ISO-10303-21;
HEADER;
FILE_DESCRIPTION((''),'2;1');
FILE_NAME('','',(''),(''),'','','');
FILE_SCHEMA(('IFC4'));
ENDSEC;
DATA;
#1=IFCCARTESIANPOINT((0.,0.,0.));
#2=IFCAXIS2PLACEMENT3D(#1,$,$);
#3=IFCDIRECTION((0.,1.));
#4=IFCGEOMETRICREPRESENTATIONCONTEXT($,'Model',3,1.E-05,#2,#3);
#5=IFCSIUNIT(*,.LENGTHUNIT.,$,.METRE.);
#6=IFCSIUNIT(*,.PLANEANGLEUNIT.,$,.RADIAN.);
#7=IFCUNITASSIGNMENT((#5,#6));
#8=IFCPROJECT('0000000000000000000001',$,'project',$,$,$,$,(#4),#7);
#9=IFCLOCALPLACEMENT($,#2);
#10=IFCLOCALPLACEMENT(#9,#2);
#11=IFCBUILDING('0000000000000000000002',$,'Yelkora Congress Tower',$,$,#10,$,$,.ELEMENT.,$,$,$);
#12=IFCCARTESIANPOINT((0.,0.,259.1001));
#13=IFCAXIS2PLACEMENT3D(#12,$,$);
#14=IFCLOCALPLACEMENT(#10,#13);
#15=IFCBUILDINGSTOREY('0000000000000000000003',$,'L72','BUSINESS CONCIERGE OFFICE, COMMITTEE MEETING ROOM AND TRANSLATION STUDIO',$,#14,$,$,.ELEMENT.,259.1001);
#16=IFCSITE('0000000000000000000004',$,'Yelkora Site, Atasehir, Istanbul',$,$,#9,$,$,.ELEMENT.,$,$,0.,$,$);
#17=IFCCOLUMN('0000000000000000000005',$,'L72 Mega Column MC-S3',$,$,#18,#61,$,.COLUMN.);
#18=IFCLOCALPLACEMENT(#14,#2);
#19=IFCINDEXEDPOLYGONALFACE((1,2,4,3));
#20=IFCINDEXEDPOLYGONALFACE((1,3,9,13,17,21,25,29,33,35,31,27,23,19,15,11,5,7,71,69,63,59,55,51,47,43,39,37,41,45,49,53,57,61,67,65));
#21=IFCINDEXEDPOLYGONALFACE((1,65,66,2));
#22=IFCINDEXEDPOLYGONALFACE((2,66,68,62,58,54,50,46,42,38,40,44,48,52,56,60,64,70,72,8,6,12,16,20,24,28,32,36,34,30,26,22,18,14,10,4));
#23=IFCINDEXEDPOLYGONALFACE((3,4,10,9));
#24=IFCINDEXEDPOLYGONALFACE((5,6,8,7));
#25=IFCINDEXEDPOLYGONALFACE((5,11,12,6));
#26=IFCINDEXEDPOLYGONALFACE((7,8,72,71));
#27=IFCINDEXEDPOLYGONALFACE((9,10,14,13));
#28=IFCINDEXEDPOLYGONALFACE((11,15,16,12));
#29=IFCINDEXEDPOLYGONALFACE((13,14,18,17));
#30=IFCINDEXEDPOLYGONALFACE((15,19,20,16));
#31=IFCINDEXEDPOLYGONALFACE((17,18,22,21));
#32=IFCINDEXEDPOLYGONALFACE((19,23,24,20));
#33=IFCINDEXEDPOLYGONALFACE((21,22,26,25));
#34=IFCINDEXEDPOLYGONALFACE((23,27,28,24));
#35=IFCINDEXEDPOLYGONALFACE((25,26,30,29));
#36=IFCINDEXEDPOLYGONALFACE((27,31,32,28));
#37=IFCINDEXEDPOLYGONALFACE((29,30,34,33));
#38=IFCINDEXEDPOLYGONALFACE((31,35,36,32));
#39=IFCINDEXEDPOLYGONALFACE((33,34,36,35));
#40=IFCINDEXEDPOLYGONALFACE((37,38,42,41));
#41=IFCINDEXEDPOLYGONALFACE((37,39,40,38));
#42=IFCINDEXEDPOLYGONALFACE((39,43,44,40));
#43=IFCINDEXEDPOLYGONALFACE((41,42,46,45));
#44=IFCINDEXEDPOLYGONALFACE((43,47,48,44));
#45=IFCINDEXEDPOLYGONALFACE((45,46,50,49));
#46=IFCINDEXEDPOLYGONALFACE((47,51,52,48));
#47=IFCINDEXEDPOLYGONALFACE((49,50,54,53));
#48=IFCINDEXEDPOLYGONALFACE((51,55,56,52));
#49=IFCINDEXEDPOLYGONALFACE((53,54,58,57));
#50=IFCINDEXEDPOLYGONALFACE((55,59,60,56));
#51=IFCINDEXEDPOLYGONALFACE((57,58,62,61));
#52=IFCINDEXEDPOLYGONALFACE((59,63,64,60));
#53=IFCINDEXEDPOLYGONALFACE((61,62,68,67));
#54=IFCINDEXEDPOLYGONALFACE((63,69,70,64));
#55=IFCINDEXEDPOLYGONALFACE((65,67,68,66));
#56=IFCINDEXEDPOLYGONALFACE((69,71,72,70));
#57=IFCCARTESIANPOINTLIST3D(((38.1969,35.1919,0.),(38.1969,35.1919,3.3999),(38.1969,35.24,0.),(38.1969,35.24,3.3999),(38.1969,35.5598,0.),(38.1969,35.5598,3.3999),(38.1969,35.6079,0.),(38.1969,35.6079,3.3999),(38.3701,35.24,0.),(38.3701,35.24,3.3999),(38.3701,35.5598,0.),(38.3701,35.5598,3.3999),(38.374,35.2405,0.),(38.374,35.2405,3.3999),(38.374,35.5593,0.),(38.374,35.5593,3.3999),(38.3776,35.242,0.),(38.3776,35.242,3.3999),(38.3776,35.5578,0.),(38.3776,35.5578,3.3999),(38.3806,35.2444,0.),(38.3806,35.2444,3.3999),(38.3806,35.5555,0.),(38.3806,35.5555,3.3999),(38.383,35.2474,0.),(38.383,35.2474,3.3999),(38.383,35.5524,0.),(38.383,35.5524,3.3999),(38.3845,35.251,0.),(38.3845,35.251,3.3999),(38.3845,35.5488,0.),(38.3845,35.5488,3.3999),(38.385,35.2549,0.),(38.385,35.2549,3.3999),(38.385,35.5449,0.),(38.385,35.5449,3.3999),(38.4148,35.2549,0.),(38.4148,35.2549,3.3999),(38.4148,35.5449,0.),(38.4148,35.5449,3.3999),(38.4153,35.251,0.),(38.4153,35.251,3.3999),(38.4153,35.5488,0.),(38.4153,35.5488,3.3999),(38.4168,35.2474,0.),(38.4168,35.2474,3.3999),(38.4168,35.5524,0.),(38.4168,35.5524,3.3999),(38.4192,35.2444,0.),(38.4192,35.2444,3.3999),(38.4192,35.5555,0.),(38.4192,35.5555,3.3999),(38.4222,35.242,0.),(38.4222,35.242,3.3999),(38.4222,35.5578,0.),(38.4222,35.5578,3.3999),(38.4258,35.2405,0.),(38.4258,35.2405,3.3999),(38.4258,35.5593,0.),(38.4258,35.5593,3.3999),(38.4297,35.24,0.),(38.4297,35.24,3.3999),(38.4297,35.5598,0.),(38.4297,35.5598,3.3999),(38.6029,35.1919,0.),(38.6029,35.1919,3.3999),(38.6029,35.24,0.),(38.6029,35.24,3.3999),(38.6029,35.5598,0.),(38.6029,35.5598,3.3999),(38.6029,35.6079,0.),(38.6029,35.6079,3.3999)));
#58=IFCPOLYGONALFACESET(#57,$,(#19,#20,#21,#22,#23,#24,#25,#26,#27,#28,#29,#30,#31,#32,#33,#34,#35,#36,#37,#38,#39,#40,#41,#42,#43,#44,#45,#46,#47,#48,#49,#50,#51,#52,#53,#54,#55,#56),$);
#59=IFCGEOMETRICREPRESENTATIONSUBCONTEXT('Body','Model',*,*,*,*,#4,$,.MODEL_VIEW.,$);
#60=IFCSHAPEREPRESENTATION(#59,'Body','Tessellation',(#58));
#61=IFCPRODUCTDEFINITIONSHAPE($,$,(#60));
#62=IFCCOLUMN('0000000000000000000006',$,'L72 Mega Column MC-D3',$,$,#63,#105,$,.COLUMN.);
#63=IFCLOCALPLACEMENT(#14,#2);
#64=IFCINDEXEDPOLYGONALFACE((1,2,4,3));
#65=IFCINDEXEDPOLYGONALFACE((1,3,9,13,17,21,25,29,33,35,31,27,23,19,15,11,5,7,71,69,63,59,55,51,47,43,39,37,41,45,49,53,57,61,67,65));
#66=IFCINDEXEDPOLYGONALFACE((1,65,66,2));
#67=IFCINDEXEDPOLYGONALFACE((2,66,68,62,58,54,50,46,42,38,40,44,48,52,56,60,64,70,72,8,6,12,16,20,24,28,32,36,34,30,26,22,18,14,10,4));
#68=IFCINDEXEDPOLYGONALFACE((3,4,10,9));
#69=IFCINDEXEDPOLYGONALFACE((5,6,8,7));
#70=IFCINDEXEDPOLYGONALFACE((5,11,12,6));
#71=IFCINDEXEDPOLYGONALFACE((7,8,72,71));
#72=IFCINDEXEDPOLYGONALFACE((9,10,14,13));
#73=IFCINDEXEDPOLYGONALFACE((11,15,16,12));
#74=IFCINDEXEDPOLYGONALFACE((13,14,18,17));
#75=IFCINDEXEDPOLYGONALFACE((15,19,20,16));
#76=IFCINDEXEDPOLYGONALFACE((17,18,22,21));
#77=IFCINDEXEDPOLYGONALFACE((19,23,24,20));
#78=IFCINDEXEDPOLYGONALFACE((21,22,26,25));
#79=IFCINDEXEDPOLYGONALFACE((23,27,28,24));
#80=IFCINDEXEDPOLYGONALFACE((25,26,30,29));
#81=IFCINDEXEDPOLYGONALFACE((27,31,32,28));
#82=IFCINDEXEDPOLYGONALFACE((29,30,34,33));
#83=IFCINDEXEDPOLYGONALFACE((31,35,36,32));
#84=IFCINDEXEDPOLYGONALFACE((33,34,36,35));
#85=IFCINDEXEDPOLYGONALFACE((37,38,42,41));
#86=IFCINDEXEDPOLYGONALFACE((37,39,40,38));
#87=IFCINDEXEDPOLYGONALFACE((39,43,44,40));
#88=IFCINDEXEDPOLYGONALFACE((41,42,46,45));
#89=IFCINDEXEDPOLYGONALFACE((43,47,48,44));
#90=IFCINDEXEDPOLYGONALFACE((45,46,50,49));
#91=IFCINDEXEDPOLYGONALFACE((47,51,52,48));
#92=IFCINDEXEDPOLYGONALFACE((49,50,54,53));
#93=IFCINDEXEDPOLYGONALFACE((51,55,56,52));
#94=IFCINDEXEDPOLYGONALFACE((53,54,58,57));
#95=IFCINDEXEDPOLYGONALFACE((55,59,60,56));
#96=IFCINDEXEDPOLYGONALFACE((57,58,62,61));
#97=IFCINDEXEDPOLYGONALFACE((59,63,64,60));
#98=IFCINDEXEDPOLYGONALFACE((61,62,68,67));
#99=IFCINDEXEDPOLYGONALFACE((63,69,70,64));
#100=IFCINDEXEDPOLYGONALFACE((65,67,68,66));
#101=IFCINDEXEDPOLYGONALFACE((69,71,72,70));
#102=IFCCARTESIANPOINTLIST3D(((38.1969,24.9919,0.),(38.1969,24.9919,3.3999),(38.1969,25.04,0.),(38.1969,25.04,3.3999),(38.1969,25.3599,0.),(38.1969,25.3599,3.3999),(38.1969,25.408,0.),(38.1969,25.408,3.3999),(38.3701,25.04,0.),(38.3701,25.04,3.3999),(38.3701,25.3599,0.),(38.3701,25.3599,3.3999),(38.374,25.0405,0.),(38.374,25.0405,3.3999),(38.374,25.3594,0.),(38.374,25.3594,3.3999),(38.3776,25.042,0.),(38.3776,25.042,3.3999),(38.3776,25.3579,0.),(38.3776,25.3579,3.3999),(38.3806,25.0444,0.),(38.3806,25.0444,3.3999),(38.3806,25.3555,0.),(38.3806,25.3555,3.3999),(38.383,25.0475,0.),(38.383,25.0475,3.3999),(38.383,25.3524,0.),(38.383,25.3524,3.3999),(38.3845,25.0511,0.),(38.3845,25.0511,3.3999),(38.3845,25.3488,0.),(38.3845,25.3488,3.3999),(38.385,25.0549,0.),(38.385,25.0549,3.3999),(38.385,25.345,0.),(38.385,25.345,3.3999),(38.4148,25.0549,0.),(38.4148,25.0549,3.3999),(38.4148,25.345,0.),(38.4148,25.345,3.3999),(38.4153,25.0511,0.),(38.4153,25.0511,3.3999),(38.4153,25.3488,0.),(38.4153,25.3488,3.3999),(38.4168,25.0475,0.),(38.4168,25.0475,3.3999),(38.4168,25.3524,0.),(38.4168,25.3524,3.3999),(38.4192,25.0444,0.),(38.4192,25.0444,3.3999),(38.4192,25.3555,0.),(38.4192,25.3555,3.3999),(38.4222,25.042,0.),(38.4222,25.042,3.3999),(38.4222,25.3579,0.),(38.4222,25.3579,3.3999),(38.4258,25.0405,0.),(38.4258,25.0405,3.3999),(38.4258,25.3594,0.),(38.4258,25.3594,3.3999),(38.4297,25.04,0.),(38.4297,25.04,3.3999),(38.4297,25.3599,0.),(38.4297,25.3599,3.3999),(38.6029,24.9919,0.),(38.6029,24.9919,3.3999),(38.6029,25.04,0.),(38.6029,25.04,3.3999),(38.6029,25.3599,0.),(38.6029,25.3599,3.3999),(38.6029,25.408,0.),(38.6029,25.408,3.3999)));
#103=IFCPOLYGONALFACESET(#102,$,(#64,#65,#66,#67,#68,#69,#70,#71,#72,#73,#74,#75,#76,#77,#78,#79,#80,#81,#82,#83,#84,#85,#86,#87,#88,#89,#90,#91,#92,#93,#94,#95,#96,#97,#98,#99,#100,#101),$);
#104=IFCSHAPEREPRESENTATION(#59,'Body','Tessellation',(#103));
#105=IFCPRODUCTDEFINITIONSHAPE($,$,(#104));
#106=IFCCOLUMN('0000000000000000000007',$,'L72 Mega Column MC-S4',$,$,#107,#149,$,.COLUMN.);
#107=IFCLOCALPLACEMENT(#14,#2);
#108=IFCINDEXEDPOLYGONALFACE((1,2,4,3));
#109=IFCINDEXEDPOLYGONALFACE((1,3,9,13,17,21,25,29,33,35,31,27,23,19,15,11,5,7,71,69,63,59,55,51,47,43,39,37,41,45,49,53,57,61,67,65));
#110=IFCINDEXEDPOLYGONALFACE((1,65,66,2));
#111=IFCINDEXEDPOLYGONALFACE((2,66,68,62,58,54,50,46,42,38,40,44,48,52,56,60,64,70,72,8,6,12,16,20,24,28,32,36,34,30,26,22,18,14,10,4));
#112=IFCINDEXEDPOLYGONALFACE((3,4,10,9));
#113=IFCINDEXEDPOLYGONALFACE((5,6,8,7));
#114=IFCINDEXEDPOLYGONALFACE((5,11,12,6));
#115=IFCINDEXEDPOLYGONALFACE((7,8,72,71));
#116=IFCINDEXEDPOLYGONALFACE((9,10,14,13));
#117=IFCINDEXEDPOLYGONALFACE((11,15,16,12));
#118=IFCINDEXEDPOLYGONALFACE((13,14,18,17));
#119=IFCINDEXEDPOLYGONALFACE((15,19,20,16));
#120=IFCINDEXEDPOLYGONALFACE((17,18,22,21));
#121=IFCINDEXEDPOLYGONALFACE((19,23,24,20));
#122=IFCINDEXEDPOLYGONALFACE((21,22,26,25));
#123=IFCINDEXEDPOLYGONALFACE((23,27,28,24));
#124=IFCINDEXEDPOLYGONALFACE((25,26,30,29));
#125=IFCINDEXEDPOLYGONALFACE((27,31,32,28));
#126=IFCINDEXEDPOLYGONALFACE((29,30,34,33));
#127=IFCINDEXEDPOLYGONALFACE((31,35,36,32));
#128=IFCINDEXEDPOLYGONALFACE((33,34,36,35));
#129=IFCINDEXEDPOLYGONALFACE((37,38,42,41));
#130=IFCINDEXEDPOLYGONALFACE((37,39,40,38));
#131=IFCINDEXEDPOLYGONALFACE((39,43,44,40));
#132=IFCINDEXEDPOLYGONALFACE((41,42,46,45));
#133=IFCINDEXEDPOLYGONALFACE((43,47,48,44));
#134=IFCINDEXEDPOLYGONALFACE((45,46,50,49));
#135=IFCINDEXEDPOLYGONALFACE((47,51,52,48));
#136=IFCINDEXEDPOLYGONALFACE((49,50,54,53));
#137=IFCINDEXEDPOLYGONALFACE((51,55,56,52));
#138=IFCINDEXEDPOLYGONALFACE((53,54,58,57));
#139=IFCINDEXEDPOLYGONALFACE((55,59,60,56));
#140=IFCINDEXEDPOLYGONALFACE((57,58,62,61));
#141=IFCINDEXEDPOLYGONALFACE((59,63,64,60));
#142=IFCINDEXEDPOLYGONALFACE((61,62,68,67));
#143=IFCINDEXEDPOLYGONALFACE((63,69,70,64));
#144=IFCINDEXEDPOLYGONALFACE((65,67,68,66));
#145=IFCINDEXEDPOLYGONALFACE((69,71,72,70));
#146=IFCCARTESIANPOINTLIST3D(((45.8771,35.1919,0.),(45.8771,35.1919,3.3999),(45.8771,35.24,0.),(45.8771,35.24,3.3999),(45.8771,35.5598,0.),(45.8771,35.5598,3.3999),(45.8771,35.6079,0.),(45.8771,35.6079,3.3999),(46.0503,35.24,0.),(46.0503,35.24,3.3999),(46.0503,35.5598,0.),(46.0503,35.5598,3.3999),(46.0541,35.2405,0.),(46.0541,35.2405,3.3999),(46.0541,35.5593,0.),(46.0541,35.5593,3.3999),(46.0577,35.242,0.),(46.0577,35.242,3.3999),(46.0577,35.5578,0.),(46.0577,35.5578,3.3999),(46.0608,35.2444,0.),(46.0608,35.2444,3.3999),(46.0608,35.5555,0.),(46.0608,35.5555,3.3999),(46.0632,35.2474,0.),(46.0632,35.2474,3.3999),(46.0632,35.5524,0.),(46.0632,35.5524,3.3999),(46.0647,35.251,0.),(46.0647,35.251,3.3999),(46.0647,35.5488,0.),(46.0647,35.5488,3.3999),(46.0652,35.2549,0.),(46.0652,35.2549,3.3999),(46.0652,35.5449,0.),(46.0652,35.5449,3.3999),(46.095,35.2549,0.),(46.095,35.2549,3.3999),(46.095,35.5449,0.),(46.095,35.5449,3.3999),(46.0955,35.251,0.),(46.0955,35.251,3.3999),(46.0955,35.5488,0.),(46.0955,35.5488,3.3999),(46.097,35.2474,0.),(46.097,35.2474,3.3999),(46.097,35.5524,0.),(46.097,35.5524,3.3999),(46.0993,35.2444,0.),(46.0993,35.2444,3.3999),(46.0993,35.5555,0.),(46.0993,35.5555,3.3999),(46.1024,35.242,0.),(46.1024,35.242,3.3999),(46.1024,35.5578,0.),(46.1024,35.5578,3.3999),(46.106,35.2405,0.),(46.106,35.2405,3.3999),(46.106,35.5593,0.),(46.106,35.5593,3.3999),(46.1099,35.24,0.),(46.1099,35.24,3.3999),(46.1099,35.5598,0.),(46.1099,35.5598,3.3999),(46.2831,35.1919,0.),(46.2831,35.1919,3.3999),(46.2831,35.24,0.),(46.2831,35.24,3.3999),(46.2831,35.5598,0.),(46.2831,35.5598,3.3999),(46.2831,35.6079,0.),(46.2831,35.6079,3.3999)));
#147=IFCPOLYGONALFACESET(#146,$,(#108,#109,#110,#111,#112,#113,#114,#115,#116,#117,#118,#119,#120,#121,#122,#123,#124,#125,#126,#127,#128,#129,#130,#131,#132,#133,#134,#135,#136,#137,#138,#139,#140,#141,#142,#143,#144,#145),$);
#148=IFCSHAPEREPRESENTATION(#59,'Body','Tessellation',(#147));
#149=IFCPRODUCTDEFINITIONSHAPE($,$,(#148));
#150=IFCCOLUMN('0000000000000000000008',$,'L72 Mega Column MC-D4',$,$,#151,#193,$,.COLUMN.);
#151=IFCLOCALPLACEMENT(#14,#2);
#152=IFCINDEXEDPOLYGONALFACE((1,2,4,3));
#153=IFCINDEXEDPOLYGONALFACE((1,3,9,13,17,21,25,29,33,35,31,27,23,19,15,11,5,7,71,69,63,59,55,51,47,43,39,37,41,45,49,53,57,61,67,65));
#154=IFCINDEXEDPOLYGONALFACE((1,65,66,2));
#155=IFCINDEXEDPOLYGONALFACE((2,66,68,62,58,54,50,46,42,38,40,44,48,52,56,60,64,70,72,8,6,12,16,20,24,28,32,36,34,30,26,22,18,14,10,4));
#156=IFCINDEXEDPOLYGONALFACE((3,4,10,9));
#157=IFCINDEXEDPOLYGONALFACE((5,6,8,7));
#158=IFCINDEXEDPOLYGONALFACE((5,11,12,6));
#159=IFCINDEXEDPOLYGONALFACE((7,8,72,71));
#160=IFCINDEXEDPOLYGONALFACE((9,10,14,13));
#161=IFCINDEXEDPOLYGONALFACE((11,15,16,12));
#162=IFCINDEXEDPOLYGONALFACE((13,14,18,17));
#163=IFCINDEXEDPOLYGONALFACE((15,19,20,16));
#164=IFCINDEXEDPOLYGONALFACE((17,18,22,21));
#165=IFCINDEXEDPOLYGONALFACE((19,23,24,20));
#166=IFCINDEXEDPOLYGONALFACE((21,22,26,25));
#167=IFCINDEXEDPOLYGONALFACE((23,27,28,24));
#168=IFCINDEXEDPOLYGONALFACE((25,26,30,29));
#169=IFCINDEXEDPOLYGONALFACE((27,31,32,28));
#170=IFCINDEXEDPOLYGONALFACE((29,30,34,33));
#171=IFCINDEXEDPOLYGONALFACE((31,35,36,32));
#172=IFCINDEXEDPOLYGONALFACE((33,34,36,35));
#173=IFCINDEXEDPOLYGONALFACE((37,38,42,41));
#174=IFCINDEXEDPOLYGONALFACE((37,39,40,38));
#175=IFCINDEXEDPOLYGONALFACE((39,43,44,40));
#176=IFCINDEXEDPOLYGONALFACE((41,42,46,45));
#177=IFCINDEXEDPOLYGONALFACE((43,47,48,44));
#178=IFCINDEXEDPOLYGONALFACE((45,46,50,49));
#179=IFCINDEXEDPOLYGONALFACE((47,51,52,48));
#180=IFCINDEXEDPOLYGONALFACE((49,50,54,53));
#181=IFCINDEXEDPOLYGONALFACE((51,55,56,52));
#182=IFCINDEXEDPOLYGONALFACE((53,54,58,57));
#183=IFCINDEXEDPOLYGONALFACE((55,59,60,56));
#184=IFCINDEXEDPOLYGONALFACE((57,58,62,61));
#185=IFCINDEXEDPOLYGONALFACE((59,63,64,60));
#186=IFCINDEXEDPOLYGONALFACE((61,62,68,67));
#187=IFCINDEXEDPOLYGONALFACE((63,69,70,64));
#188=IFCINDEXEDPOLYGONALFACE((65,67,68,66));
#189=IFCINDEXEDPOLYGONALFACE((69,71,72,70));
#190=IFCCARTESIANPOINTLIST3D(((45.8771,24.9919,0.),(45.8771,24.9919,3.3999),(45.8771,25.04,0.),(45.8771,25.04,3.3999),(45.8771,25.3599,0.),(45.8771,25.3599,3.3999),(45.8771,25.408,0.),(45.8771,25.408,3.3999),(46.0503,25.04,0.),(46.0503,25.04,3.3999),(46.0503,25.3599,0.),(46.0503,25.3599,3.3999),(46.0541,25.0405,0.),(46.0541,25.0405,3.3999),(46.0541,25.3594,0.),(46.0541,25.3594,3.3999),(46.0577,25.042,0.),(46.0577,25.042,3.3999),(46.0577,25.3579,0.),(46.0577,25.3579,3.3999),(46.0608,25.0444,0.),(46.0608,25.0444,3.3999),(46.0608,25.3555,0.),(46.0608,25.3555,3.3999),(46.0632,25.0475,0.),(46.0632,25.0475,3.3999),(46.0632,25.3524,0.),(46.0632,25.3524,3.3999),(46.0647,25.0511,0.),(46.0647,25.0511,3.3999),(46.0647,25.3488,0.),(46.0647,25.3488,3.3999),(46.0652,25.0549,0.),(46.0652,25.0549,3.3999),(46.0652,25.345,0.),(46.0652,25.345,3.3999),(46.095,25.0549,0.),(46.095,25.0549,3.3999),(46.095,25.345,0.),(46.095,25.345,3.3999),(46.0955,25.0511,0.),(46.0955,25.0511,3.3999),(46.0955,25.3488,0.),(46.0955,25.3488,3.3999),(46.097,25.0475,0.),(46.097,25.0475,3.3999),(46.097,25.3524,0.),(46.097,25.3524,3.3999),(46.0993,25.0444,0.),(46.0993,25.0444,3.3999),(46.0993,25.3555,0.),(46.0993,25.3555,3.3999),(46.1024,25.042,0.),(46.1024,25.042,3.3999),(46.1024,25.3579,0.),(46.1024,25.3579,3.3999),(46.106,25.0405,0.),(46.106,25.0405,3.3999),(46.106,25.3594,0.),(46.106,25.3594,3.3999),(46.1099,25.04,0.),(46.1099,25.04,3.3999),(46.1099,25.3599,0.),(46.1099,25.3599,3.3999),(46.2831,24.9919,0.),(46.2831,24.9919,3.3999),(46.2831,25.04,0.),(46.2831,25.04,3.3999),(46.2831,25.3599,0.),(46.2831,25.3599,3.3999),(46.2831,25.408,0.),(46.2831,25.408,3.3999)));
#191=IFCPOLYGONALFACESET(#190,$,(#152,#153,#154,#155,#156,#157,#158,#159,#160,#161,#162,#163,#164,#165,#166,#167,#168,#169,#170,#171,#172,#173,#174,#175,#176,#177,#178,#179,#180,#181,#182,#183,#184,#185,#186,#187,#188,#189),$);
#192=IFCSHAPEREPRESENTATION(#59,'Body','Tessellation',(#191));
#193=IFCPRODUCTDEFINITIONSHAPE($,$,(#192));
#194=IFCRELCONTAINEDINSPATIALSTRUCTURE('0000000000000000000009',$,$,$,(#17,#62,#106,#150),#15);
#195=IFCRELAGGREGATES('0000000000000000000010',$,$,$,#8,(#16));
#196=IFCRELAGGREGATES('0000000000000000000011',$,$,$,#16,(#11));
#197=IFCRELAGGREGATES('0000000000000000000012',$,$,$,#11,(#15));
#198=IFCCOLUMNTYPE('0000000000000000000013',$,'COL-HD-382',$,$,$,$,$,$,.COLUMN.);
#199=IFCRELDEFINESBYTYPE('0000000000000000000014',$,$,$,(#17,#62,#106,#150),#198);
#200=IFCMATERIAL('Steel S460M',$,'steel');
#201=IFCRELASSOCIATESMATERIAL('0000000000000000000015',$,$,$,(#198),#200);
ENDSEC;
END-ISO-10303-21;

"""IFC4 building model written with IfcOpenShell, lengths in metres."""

from ifc_helpers import new_model, si_unit, direction, frame, origin, origin_2d, place, context, subcontext, project, spatial, i_section, extrude, material, material_profile, profile_set, type_object, element, save


model = new_model("IFC4")

# Units and contexts
model_context = context("Model", 3, precision=1e-05, world=origin(), true_north=direction((0.0, 1.0)))
body_context = subcontext(model_context, "Body", "Model", "MODEL_VIEW")
ifc_project = project(units=[si_unit("LENGTHUNIT", "METRE"), si_unit("PLANEANGLEUNIT", "RADIAN")], contexts=[model_context])

# Site, building, storey
site_placement = place(None, origin())
site = spatial("IfcSite", under=ifc_project, at=site_placement, Name="Yelkora Site, Atasehir, Istanbul", CompositionType="ELEMENT", RefElevation=0.0)
building_placement = place(site_placement, origin())
building = spatial("IfcBuilding", under=site, at=building_placement, Name="Yelkora Congress Tower", CompositionType="ELEMENT")
storey_placement = place(building_placement, frame((0.0, 0.0, 259.1001)))
storey = spatial("IfcBuildingStorey", under=building, at=storey_placement, Name="L72", Description="BUSINESS CONCIERGE OFFICE, COMMITTEE MEETING ROOM AND TRANSLATION STUDIO", CompositionType="ELEMENT", Elevation=259.1001)

# Columns
ifc_material_1 = material(Name="Steel S460M", Category="steel")
ifc_material_profile_1 = material_profile(ifc_material_1, i_section(OverallWidth=0.406, OverallDepth=0.416, WebThickness=0.0298, FlangeThickness=0.0481, FilletRadius=0.0149, at=origin_2d()), Name="HD 400x382")
ifc_profile_set_1 = profile_set([ifc_material_profile_1], Name="Steel S460M")
column_type = type_object("IfcColumnType", Name="COL-HD-382", PredefinedType="COLUMN", material=ifc_profile_set_1)
for number, where, z_axis, x_axis, name in (
    (1, (38.3999, 35.3999, 0.0), (0.0, 0.0, 1.0), (1.0, 0.0, 0.0), "L72 Mega Column MC-S3"),
    (2, (38.3999, 25.2, 0.0), (0.0, 0.0, 1.0), (1.0, 0.0, 0.0), "L72 Mega Column MC-D3"),
    (3, (46.0801, 35.3999, 0.0), (0.0, 0.0, 1.0), (1.0, 0.0, 0.0), "L72 Mega Column MC-S4"),
    (4, (46.0801, 25.2, 0.0), (0.0, 0.0, 1.0), (1.0, 0.0, 0.0), "L72 Mega Column MC-D4"),
):
    element("IfcColumn", number, at=place(storey_placement, frame(where, z_axis=z_axis, x_axis=x_axis)), inside=storey, type_object=column_type, Name=name, PredefinedType="COLUMN", context=body_context, shape_type="SweptSolid", body=[
        extrude(i_section(OverallWidth=0.406, OverallDepth=0.416, WebThickness=0.0298, FlangeThickness=0.0481, FilletRadius=0.0149, at=origin_2d()), origin(), (0.0, 0.0, 1.0), 3.3999),
    ])

save(model, "model.ifc")
